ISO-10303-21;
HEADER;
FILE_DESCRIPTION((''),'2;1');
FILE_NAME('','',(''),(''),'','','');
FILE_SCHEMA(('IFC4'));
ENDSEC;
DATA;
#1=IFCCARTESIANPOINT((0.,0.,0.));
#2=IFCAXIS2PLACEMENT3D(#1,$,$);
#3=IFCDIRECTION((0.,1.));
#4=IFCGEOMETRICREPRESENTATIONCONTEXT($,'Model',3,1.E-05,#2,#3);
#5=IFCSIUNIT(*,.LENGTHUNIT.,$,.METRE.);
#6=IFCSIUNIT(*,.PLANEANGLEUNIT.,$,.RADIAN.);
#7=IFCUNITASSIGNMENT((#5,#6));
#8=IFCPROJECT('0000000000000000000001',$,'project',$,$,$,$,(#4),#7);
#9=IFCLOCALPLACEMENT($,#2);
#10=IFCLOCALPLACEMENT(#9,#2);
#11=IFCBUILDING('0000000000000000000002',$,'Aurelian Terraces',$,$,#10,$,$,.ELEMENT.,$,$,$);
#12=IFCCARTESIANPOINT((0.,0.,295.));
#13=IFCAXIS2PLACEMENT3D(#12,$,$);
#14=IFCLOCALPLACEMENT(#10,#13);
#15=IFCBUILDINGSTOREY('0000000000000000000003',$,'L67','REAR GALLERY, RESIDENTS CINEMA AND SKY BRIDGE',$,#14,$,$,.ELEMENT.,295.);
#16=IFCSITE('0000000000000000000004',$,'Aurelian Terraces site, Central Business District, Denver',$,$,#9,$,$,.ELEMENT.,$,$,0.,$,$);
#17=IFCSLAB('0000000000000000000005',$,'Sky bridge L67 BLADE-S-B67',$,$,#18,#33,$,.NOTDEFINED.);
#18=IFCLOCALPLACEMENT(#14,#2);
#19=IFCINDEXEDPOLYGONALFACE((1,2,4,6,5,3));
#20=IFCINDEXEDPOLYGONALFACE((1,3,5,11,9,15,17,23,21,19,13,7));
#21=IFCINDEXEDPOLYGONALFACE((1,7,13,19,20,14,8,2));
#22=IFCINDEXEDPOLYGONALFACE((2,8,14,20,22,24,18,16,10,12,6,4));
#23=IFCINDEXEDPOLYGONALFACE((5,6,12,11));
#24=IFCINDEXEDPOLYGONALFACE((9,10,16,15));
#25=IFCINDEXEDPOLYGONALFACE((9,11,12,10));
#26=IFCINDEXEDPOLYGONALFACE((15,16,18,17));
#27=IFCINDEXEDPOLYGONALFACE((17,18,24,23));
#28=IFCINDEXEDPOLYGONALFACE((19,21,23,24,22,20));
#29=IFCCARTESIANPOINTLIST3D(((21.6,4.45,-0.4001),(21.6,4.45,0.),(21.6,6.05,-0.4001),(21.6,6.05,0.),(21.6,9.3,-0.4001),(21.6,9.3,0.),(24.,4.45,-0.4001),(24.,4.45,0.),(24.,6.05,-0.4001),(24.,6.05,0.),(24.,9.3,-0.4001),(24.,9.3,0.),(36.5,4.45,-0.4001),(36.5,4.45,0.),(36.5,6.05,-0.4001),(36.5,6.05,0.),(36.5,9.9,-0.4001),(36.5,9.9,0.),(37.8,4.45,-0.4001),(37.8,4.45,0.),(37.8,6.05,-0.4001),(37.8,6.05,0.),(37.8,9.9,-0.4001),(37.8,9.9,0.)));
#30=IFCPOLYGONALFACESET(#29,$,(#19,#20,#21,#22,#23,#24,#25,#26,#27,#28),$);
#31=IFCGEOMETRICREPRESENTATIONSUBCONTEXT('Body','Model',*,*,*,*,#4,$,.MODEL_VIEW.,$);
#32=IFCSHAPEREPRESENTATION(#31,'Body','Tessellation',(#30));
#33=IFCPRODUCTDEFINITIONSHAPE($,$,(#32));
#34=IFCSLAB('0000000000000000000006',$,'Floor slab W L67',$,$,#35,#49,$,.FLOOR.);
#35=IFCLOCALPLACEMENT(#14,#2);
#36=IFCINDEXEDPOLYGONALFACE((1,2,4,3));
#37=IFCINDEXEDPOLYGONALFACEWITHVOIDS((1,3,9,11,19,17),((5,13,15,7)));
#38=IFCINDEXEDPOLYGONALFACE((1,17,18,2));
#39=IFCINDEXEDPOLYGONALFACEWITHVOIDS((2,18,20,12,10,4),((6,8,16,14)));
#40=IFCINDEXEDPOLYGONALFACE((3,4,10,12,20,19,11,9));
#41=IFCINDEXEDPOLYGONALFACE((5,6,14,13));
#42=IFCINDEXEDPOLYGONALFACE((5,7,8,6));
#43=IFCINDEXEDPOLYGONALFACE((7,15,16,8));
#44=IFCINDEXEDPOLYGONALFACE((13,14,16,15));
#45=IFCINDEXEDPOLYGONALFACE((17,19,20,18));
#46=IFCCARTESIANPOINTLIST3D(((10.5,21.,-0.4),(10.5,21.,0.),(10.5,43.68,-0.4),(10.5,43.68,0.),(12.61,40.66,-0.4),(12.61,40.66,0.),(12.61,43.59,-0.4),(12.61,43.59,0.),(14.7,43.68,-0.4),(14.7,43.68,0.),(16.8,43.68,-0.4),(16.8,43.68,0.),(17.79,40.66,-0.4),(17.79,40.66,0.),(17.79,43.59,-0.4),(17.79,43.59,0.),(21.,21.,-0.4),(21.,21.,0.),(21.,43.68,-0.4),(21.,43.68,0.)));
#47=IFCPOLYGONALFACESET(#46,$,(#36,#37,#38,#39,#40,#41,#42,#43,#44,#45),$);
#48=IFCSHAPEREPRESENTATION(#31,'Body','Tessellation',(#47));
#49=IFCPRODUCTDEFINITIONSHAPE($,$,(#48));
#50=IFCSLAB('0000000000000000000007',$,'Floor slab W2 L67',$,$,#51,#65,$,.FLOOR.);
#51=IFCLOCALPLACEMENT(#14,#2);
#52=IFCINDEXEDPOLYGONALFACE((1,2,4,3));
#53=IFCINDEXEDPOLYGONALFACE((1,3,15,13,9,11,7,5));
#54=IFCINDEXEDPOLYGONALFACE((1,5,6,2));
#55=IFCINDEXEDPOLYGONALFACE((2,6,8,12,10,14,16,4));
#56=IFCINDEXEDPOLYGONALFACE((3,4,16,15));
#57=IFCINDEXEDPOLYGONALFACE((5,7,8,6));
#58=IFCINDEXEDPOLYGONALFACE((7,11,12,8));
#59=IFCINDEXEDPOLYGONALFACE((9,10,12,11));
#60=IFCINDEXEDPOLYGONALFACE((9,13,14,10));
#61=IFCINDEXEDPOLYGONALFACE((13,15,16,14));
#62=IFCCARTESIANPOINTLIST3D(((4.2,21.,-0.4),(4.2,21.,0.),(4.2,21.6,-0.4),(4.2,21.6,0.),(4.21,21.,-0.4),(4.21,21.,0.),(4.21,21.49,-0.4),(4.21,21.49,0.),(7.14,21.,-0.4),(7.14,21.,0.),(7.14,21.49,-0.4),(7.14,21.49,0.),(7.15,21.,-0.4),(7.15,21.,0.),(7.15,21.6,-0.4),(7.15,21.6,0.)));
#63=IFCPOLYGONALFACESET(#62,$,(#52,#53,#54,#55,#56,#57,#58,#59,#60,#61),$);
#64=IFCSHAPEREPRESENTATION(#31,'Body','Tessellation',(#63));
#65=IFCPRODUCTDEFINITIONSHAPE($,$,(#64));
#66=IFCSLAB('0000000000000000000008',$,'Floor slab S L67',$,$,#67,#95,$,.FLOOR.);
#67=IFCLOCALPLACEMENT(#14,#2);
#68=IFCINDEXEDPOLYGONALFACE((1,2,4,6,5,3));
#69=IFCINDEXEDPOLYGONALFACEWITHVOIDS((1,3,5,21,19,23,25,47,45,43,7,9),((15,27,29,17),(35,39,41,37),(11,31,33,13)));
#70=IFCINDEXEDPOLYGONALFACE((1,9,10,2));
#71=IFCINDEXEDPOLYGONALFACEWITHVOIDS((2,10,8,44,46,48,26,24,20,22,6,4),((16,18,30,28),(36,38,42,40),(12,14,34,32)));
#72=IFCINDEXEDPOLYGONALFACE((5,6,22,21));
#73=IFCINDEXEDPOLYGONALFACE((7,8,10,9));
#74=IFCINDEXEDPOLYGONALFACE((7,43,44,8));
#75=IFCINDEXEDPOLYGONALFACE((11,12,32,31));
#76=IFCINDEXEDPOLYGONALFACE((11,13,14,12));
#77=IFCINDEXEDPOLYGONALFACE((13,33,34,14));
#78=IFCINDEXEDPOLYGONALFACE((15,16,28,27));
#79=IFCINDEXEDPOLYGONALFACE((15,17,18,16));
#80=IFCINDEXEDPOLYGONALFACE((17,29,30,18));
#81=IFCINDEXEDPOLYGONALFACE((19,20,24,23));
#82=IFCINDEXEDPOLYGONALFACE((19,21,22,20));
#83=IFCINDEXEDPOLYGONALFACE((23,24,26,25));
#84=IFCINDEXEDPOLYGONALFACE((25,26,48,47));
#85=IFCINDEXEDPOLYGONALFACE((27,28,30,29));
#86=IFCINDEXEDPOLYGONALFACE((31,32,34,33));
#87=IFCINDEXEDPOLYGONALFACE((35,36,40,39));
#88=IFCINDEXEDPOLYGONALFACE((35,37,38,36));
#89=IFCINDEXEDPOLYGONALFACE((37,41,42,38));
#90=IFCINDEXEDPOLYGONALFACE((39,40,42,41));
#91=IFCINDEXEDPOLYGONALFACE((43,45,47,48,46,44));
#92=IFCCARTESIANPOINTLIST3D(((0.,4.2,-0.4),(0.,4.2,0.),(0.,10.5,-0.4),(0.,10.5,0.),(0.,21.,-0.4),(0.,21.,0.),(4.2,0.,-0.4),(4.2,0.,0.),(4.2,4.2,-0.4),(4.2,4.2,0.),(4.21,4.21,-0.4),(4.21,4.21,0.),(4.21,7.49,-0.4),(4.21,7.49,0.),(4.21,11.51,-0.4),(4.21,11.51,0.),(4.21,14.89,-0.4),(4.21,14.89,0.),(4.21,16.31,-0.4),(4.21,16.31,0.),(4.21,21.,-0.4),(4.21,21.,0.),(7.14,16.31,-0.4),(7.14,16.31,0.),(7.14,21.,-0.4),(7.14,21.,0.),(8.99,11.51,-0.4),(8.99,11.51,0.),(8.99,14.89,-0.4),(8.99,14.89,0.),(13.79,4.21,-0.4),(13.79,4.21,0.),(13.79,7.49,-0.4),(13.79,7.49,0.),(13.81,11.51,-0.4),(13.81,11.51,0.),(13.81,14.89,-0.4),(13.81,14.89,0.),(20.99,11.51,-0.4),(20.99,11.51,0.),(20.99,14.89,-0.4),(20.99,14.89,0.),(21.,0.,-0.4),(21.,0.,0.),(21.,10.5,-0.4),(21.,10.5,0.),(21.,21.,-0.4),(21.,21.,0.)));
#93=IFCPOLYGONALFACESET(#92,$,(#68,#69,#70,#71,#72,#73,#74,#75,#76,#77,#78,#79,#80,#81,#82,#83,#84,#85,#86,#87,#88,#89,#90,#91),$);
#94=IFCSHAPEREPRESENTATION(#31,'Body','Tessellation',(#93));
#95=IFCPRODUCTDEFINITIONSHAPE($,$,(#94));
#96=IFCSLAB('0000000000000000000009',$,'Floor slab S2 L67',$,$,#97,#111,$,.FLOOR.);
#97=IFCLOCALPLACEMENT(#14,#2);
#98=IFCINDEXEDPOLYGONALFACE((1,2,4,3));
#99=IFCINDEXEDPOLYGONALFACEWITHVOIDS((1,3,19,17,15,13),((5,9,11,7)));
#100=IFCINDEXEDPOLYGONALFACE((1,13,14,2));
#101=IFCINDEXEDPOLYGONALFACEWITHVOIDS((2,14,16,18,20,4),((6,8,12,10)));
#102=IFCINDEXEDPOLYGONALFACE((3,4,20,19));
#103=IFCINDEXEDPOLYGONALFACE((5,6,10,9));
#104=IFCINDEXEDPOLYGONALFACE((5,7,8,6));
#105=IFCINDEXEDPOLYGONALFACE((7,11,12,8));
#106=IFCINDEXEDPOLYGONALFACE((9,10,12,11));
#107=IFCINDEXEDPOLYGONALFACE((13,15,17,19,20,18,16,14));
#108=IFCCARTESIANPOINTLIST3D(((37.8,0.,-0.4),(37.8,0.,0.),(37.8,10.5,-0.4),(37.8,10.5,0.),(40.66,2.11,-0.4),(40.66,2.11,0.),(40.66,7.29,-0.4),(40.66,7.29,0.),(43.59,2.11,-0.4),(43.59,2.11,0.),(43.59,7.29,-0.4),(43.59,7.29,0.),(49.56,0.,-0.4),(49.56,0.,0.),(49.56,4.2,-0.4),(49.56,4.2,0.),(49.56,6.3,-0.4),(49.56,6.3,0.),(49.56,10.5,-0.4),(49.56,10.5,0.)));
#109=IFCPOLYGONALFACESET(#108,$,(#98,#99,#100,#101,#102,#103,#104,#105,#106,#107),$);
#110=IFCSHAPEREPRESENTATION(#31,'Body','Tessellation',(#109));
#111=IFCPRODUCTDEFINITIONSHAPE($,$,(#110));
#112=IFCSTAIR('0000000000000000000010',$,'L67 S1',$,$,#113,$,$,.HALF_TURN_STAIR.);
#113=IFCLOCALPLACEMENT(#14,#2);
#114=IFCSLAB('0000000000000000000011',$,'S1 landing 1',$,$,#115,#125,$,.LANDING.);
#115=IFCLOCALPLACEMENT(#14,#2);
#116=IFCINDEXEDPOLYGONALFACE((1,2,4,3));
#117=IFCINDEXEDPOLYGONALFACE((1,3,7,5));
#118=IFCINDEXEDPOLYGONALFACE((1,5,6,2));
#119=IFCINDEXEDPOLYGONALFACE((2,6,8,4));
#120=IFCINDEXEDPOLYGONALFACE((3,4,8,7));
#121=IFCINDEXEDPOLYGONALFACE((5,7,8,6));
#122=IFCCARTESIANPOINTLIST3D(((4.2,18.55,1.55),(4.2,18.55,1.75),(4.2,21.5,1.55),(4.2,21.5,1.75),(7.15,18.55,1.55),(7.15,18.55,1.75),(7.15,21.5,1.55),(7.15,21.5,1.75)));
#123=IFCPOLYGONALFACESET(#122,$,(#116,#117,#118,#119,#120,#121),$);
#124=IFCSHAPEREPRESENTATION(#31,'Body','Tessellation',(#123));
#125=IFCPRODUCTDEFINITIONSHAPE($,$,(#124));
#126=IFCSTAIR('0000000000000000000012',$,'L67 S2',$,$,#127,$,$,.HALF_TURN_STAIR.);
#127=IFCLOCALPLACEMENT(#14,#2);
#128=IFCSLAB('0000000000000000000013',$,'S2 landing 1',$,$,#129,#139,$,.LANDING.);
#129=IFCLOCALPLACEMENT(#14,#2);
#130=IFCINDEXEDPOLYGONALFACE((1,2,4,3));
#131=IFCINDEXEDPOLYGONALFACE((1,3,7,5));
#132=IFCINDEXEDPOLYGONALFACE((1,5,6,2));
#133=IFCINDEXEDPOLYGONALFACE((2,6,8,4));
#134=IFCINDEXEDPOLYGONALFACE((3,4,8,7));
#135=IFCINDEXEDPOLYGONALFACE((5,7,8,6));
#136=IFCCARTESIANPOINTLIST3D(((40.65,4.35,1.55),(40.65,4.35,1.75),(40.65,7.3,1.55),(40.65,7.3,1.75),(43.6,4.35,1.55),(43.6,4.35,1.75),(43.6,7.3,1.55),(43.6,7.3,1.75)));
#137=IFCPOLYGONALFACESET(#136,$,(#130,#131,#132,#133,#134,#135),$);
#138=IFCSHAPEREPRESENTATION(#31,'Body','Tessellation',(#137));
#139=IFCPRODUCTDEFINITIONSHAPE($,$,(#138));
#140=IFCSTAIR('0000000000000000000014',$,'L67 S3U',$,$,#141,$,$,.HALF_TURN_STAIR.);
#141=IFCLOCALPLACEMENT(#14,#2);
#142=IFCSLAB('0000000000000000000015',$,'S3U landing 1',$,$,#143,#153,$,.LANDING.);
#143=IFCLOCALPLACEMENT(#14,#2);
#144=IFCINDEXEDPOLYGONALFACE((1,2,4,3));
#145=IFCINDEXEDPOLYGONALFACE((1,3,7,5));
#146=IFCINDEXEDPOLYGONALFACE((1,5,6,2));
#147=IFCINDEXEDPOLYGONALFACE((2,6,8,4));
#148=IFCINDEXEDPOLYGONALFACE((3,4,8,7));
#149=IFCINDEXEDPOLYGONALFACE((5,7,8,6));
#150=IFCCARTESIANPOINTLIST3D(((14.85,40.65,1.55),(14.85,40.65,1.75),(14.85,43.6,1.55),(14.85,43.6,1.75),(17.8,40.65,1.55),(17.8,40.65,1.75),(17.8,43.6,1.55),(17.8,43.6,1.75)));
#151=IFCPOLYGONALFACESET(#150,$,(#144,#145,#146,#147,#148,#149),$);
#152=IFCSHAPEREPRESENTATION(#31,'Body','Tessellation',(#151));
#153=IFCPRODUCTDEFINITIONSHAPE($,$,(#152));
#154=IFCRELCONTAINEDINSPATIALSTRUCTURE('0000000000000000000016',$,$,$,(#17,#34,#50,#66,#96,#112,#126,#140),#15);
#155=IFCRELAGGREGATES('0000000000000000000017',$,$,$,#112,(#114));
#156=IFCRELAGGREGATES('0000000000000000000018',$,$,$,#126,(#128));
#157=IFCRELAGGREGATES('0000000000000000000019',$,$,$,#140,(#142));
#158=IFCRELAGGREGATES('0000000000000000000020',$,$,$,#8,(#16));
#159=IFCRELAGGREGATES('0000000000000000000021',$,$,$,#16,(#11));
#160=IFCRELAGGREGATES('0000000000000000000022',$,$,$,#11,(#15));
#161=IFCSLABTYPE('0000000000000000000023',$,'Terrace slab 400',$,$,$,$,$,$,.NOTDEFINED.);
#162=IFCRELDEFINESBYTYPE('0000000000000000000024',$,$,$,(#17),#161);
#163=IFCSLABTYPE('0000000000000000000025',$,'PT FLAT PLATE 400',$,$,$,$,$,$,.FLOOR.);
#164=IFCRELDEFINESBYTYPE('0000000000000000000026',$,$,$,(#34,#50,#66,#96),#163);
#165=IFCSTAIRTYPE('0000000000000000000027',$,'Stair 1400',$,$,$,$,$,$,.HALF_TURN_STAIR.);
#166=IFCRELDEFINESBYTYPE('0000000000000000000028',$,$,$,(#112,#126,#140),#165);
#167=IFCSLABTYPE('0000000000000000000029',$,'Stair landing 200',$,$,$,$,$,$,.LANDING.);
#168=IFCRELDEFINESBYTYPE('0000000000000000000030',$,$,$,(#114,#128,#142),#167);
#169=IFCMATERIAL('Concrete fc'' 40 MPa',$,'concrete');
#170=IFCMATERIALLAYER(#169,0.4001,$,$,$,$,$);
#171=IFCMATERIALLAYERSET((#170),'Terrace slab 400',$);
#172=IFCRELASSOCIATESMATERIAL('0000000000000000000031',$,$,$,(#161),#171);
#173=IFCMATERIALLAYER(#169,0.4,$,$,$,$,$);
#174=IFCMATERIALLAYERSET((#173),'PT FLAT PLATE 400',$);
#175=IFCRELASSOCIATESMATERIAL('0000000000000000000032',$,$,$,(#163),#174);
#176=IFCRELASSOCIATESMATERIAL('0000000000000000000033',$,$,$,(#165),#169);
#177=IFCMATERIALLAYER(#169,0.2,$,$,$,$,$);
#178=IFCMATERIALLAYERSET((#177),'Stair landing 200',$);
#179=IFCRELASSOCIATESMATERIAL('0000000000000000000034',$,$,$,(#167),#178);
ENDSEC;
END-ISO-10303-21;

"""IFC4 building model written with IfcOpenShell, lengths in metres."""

from ifc_helpers import new_model, si_unit, direction, frame, origin, place, context, subcontext, project, spatial, polyline, outline, extrude, source, transform, mapped, material, layer, layer_set, type_object, element, aggregate, save


model = new_model("IFC4")

# Units and contexts
model_context = context("Model", 3, precision=1e-05, world=origin(), true_north=direction((0.0, 1.0)))
body_context = subcontext(model_context, "Body", "Model", "MODEL_VIEW")
ifc_project = project(units=[si_unit("LENGTHUNIT", "METRE"), si_unit("PLANEANGLEUNIT", "RADIAN")], contexts=[model_context])

# Site, building, storey
site_placement = place(None, origin())
site = spatial("IfcSite", under=ifc_project, at=site_placement, Name="Aurelian Terraces site, Central Business District, Denver", CompositionType="ELEMENT", RefElevation=0.0)
building_placement = place(site_placement, origin())
building = spatial("IfcBuilding", under=site, at=building_placement, Name="Aurelian Terraces", CompositionType="ELEMENT")
storey_placement = place(building_placement, frame((0.0, 0.0, 295.0)))
storey = spatial("IfcBuildingStorey", under=building, at=storey_placement, Name="L67", Description="REAR GALLERY, RESIDENTS CINEMA AND SKY BRIDGE", CompositionType="ELEMENT", Elevation=295.0)

# Slabs
ifc_material_1 = material(Name="Concrete fc' 40 MPa", Category="concrete")
ifc_layer_1 = layer(ifc_material_1, 0.4001)
ifc_layer_set_1 = layer_set([ifc_layer_1], Name="Terrace slab 400")
slab_type_1 = type_object("IfcSlabType", Name="Terrace slab 400", PredefinedType="NOTDEFINED", material=ifc_layer_set_1)
slab_1_placement = place(storey_placement, frame((0.0, 0.0, -0.4001)))
element("IfcSlab", 1, at=slab_1_placement, inside=storey, type_object=slab_type_1, Name="Sky bridge L67 BLADE-S-B67", PredefinedType="NOTDEFINED", context=body_context, shape_type="SweptSolid", body=[
    extrude(outline(polyline([(37.8, 4.45), (36.5, 4.45), (24.0, 4.45), (21.6, 4.45), (21.6, 6.05), (21.6, 9.3), (24.0, 9.3), (24.0, 6.05), (36.5, 6.05), (36.5, 9.9), (37.8, 9.9), (37.8, 6.05), (37.8, 4.45)])), origin(), (0.0, 0.0, 1.0), 0.4001),
])
ifc_layer_2 = layer(ifc_material_1, 0.4)
ifc_layer_set_2 = layer_set([ifc_layer_2], Name="PT FLAT PLATE 400")
slab_type_2 = type_object("IfcSlabType", Name="PT FLAT PLATE 400", PredefinedType="FLOOR", material=ifc_layer_set_2)
shared_shape_1 = source(origin(), body_context, "Body", "SweptSolid", [
    extrude(outline(polyline([(10.5, 43.68), (14.7, 43.68), (16.8, 43.68), (21.0, 43.68), (21.0, 21.0), (10.5, 21.0), (10.5, 43.68)]), holes=[polyline([(17.79, 43.59), (12.61, 43.59), (12.61, 40.66), (17.79, 40.66), (17.79, 43.59)])]), origin(), (0.0, 0.0, 1.0), 0.4),
])
slab_2_placement = place(storey_placement, frame((0.0, 0.0, -0.4)))
element("IfcSlab", 2, at=slab_2_placement, inside=storey, type_object=slab_type_2, Name="Floor slab W L67", PredefinedType="FLOOR", context=body_context, shape_type="MappedRepresentation", body=[
    mapped(shared_shape_1, transform((0.0, 0.0, 0.0), scale=1.0)),
])
shared_shape_2 = source(origin(), body_context, "Body", "SweptSolid", [
    extrude(outline(polyline([(4.2, 21.0), (4.2, 21.6), (7.15, 21.6), (7.15, 21.0), (7.14, 21.0), (7.14, 21.49), (4.21, 21.49), (4.21, 21.0), (4.2, 21.0)])), origin(), (0.0, 0.0, 1.0), 0.4),
])
slab_3_placement = place(storey_placement, frame((0.0, 0.0, -0.4)))
element("IfcSlab", 3, at=slab_3_placement, inside=storey, type_object=slab_type_2, Name="Floor slab W2 L67", PredefinedType="FLOOR", context=body_context, shape_type="MappedRepresentation", body=[
    mapped(shared_shape_2, transform((0.0, 0.0, 0.0), scale=1.0)),
])
shared_shape_3 = source(origin(), body_context, "Body", "SweptSolid", [
    extrude(outline(polyline([(4.2, 4.2), (0.0, 4.2), (0.0, 10.5), (0.0, 21.0), (4.21, 21.0), (4.21, 16.31), (7.14, 16.31), (7.14, 21.0), (21.0, 21.0), (21.0, 10.5), (21.0, 0.0), (4.2, 0.0), (4.2, 4.2)]), holes=[polyline([(13.81, 14.89), (13.81, 11.51), (20.99, 11.51), (20.99, 14.89), (13.81, 14.89)]), polyline([(4.21, 7.49), (4.21, 4.21), (13.79, 4.21), (13.79, 7.49), (4.21, 7.49)]), polyline([(8.99, 11.51), (8.99, 14.89), (4.21, 14.89), (4.21, 11.51), (8.99, 11.51)])]), origin(), (0.0, 0.0, 1.0), 0.4),
])
slab_4_placement = place(storey_placement, frame((0.0, 0.0, -0.4)))
element("IfcSlab", 4, at=slab_4_placement, inside=storey, type_object=slab_type_2, Name="Floor slab S L67", PredefinedType="FLOOR", context=body_context, shape_type="MappedRepresentation", body=[
    mapped(shared_shape_3, transform((0.0, 0.0, 0.0), scale=1.0)),
])
shared_shape_4 = source(origin(), body_context, "Body", "SweptSolid", [
    extrude(outline(polyline([(37.8, 10.5), (49.56, 10.5), (49.56, 6.3), (49.56, 4.2), (49.56, 0.0), (37.8, 0.0), (37.8, 10.5)]), holes=[polyline([(40.66, 2.11), (43.59, 2.11), (43.59, 7.29), (40.66, 7.29), (40.66, 2.11)])]), origin(), (0.0, 0.0, 1.0), 0.4),
])
slab_5_placement = place(storey_placement, frame((0.0, 0.0, -0.4)))
element("IfcSlab", 5, at=slab_5_placement, inside=storey, type_object=slab_type_2, Name="Floor slab S2 L67", PredefinedType="FLOOR", context=body_context, shape_type="MappedRepresentation", body=[
    mapped(shared_shape_4, transform((0.0, 0.0, 0.0), scale=1.0)),
])

# Stairs, slabs
stair_type = type_object("IfcStairType", Name="Stair 1400", PredefinedType="HALF_TURN_STAIR", material=ifc_material_1)
stair_1_placement = place(storey_placement, origin())
stair_1 = element("IfcStair", 6, at=stair_1_placement, inside=storey, type_object=stair_type, Name="L67 S1", PredefinedType="HALF_TURN_STAIR")
ifc_layer_3 = layer(ifc_material_1, 0.2)
ifc_layer_set_3 = layer_set([ifc_layer_3], Name="Stair landing 200")
slab_type_3 = type_object("IfcSlabType", Name="Stair landing 200", PredefinedType="LANDING", material=ifc_layer_set_3)
shared_shape_5 = source(origin(), body_context, "Body", "SweptSolid", [
    extrude(outline(polyline([(7.15, 18.55), (7.15, 21.5), (4.2, 21.5), (4.2, 18.55), (7.15, 18.55)])), origin(), (0.0, 0.0, 1.0), 0.2),
])
slab_6_placement = place(storey_placement, frame((0.0, 0.0, 1.55)))
slab_6 = element("IfcSlab", 7, at=slab_6_placement, type_object=slab_type_3, Name="S1 landing 1", PredefinedType="LANDING", context=body_context, shape_type="MappedRepresentation", body=[
    mapped(shared_shape_5, transform((0.0, 0.0, 0.0), scale=1.0)),
])
aggregate(stair_1, [slab_6])
stair_2_placement = place(storey_placement, origin())
stair_2 = element("IfcStair", 8, at=stair_2_placement, inside=storey, type_object=stair_type, Name="L67 S2", PredefinedType="HALF_TURN_STAIR")
shared_shape_6 = source(origin(), body_context, "Body", "SweptSolid", [
    extrude(outline(polyline([(43.6, 4.35), (43.6, 7.3), (40.65, 7.3), (40.65, 4.35), (43.6, 4.35)])), origin(), (0.0, 0.0, 1.0), 0.2),
])
slab_7_placement = place(storey_placement, frame((0.0, 0.0, 1.55)))
slab_7 = element("IfcSlab", 9, at=slab_7_placement, type_object=slab_type_3, Name="S2 landing 1", PredefinedType="LANDING", context=body_context, shape_type="MappedRepresentation", body=[
    mapped(shared_shape_6, transform((0.0, 0.0, 0.0), scale=1.0)),
])
aggregate(stair_2, [slab_7])
stair_3_placement = place(storey_placement, origin())
stair_3 = element("IfcStair", 10, at=stair_3_placement, inside=storey, type_object=stair_type, Name="L67 S3U", PredefinedType="HALF_TURN_STAIR")
shared_shape_7 = source(origin(), body_context, "Body", "SweptSolid", [
    extrude(outline(polyline([(14.85, 40.65), (17.8, 40.65), (17.8, 43.6), (14.85, 43.6), (14.85, 40.65)])), origin(), (0.0, 0.0, 1.0), 0.2),
])
slab_8_placement = place(storey_placement, frame((0.0, 0.0, 1.55)))
slab_8 = element("IfcSlab", 11, at=slab_8_placement, type_object=slab_type_3, Name="S3U landing 1", PredefinedType="LANDING", context=body_context, shape_type="MappedRepresentation", body=[
    mapped(shared_shape_7, transform((0.0, 0.0, 0.0), scale=1.0)),
])
aggregate(stair_3, [slab_8])

save(model, "model.ifc")
